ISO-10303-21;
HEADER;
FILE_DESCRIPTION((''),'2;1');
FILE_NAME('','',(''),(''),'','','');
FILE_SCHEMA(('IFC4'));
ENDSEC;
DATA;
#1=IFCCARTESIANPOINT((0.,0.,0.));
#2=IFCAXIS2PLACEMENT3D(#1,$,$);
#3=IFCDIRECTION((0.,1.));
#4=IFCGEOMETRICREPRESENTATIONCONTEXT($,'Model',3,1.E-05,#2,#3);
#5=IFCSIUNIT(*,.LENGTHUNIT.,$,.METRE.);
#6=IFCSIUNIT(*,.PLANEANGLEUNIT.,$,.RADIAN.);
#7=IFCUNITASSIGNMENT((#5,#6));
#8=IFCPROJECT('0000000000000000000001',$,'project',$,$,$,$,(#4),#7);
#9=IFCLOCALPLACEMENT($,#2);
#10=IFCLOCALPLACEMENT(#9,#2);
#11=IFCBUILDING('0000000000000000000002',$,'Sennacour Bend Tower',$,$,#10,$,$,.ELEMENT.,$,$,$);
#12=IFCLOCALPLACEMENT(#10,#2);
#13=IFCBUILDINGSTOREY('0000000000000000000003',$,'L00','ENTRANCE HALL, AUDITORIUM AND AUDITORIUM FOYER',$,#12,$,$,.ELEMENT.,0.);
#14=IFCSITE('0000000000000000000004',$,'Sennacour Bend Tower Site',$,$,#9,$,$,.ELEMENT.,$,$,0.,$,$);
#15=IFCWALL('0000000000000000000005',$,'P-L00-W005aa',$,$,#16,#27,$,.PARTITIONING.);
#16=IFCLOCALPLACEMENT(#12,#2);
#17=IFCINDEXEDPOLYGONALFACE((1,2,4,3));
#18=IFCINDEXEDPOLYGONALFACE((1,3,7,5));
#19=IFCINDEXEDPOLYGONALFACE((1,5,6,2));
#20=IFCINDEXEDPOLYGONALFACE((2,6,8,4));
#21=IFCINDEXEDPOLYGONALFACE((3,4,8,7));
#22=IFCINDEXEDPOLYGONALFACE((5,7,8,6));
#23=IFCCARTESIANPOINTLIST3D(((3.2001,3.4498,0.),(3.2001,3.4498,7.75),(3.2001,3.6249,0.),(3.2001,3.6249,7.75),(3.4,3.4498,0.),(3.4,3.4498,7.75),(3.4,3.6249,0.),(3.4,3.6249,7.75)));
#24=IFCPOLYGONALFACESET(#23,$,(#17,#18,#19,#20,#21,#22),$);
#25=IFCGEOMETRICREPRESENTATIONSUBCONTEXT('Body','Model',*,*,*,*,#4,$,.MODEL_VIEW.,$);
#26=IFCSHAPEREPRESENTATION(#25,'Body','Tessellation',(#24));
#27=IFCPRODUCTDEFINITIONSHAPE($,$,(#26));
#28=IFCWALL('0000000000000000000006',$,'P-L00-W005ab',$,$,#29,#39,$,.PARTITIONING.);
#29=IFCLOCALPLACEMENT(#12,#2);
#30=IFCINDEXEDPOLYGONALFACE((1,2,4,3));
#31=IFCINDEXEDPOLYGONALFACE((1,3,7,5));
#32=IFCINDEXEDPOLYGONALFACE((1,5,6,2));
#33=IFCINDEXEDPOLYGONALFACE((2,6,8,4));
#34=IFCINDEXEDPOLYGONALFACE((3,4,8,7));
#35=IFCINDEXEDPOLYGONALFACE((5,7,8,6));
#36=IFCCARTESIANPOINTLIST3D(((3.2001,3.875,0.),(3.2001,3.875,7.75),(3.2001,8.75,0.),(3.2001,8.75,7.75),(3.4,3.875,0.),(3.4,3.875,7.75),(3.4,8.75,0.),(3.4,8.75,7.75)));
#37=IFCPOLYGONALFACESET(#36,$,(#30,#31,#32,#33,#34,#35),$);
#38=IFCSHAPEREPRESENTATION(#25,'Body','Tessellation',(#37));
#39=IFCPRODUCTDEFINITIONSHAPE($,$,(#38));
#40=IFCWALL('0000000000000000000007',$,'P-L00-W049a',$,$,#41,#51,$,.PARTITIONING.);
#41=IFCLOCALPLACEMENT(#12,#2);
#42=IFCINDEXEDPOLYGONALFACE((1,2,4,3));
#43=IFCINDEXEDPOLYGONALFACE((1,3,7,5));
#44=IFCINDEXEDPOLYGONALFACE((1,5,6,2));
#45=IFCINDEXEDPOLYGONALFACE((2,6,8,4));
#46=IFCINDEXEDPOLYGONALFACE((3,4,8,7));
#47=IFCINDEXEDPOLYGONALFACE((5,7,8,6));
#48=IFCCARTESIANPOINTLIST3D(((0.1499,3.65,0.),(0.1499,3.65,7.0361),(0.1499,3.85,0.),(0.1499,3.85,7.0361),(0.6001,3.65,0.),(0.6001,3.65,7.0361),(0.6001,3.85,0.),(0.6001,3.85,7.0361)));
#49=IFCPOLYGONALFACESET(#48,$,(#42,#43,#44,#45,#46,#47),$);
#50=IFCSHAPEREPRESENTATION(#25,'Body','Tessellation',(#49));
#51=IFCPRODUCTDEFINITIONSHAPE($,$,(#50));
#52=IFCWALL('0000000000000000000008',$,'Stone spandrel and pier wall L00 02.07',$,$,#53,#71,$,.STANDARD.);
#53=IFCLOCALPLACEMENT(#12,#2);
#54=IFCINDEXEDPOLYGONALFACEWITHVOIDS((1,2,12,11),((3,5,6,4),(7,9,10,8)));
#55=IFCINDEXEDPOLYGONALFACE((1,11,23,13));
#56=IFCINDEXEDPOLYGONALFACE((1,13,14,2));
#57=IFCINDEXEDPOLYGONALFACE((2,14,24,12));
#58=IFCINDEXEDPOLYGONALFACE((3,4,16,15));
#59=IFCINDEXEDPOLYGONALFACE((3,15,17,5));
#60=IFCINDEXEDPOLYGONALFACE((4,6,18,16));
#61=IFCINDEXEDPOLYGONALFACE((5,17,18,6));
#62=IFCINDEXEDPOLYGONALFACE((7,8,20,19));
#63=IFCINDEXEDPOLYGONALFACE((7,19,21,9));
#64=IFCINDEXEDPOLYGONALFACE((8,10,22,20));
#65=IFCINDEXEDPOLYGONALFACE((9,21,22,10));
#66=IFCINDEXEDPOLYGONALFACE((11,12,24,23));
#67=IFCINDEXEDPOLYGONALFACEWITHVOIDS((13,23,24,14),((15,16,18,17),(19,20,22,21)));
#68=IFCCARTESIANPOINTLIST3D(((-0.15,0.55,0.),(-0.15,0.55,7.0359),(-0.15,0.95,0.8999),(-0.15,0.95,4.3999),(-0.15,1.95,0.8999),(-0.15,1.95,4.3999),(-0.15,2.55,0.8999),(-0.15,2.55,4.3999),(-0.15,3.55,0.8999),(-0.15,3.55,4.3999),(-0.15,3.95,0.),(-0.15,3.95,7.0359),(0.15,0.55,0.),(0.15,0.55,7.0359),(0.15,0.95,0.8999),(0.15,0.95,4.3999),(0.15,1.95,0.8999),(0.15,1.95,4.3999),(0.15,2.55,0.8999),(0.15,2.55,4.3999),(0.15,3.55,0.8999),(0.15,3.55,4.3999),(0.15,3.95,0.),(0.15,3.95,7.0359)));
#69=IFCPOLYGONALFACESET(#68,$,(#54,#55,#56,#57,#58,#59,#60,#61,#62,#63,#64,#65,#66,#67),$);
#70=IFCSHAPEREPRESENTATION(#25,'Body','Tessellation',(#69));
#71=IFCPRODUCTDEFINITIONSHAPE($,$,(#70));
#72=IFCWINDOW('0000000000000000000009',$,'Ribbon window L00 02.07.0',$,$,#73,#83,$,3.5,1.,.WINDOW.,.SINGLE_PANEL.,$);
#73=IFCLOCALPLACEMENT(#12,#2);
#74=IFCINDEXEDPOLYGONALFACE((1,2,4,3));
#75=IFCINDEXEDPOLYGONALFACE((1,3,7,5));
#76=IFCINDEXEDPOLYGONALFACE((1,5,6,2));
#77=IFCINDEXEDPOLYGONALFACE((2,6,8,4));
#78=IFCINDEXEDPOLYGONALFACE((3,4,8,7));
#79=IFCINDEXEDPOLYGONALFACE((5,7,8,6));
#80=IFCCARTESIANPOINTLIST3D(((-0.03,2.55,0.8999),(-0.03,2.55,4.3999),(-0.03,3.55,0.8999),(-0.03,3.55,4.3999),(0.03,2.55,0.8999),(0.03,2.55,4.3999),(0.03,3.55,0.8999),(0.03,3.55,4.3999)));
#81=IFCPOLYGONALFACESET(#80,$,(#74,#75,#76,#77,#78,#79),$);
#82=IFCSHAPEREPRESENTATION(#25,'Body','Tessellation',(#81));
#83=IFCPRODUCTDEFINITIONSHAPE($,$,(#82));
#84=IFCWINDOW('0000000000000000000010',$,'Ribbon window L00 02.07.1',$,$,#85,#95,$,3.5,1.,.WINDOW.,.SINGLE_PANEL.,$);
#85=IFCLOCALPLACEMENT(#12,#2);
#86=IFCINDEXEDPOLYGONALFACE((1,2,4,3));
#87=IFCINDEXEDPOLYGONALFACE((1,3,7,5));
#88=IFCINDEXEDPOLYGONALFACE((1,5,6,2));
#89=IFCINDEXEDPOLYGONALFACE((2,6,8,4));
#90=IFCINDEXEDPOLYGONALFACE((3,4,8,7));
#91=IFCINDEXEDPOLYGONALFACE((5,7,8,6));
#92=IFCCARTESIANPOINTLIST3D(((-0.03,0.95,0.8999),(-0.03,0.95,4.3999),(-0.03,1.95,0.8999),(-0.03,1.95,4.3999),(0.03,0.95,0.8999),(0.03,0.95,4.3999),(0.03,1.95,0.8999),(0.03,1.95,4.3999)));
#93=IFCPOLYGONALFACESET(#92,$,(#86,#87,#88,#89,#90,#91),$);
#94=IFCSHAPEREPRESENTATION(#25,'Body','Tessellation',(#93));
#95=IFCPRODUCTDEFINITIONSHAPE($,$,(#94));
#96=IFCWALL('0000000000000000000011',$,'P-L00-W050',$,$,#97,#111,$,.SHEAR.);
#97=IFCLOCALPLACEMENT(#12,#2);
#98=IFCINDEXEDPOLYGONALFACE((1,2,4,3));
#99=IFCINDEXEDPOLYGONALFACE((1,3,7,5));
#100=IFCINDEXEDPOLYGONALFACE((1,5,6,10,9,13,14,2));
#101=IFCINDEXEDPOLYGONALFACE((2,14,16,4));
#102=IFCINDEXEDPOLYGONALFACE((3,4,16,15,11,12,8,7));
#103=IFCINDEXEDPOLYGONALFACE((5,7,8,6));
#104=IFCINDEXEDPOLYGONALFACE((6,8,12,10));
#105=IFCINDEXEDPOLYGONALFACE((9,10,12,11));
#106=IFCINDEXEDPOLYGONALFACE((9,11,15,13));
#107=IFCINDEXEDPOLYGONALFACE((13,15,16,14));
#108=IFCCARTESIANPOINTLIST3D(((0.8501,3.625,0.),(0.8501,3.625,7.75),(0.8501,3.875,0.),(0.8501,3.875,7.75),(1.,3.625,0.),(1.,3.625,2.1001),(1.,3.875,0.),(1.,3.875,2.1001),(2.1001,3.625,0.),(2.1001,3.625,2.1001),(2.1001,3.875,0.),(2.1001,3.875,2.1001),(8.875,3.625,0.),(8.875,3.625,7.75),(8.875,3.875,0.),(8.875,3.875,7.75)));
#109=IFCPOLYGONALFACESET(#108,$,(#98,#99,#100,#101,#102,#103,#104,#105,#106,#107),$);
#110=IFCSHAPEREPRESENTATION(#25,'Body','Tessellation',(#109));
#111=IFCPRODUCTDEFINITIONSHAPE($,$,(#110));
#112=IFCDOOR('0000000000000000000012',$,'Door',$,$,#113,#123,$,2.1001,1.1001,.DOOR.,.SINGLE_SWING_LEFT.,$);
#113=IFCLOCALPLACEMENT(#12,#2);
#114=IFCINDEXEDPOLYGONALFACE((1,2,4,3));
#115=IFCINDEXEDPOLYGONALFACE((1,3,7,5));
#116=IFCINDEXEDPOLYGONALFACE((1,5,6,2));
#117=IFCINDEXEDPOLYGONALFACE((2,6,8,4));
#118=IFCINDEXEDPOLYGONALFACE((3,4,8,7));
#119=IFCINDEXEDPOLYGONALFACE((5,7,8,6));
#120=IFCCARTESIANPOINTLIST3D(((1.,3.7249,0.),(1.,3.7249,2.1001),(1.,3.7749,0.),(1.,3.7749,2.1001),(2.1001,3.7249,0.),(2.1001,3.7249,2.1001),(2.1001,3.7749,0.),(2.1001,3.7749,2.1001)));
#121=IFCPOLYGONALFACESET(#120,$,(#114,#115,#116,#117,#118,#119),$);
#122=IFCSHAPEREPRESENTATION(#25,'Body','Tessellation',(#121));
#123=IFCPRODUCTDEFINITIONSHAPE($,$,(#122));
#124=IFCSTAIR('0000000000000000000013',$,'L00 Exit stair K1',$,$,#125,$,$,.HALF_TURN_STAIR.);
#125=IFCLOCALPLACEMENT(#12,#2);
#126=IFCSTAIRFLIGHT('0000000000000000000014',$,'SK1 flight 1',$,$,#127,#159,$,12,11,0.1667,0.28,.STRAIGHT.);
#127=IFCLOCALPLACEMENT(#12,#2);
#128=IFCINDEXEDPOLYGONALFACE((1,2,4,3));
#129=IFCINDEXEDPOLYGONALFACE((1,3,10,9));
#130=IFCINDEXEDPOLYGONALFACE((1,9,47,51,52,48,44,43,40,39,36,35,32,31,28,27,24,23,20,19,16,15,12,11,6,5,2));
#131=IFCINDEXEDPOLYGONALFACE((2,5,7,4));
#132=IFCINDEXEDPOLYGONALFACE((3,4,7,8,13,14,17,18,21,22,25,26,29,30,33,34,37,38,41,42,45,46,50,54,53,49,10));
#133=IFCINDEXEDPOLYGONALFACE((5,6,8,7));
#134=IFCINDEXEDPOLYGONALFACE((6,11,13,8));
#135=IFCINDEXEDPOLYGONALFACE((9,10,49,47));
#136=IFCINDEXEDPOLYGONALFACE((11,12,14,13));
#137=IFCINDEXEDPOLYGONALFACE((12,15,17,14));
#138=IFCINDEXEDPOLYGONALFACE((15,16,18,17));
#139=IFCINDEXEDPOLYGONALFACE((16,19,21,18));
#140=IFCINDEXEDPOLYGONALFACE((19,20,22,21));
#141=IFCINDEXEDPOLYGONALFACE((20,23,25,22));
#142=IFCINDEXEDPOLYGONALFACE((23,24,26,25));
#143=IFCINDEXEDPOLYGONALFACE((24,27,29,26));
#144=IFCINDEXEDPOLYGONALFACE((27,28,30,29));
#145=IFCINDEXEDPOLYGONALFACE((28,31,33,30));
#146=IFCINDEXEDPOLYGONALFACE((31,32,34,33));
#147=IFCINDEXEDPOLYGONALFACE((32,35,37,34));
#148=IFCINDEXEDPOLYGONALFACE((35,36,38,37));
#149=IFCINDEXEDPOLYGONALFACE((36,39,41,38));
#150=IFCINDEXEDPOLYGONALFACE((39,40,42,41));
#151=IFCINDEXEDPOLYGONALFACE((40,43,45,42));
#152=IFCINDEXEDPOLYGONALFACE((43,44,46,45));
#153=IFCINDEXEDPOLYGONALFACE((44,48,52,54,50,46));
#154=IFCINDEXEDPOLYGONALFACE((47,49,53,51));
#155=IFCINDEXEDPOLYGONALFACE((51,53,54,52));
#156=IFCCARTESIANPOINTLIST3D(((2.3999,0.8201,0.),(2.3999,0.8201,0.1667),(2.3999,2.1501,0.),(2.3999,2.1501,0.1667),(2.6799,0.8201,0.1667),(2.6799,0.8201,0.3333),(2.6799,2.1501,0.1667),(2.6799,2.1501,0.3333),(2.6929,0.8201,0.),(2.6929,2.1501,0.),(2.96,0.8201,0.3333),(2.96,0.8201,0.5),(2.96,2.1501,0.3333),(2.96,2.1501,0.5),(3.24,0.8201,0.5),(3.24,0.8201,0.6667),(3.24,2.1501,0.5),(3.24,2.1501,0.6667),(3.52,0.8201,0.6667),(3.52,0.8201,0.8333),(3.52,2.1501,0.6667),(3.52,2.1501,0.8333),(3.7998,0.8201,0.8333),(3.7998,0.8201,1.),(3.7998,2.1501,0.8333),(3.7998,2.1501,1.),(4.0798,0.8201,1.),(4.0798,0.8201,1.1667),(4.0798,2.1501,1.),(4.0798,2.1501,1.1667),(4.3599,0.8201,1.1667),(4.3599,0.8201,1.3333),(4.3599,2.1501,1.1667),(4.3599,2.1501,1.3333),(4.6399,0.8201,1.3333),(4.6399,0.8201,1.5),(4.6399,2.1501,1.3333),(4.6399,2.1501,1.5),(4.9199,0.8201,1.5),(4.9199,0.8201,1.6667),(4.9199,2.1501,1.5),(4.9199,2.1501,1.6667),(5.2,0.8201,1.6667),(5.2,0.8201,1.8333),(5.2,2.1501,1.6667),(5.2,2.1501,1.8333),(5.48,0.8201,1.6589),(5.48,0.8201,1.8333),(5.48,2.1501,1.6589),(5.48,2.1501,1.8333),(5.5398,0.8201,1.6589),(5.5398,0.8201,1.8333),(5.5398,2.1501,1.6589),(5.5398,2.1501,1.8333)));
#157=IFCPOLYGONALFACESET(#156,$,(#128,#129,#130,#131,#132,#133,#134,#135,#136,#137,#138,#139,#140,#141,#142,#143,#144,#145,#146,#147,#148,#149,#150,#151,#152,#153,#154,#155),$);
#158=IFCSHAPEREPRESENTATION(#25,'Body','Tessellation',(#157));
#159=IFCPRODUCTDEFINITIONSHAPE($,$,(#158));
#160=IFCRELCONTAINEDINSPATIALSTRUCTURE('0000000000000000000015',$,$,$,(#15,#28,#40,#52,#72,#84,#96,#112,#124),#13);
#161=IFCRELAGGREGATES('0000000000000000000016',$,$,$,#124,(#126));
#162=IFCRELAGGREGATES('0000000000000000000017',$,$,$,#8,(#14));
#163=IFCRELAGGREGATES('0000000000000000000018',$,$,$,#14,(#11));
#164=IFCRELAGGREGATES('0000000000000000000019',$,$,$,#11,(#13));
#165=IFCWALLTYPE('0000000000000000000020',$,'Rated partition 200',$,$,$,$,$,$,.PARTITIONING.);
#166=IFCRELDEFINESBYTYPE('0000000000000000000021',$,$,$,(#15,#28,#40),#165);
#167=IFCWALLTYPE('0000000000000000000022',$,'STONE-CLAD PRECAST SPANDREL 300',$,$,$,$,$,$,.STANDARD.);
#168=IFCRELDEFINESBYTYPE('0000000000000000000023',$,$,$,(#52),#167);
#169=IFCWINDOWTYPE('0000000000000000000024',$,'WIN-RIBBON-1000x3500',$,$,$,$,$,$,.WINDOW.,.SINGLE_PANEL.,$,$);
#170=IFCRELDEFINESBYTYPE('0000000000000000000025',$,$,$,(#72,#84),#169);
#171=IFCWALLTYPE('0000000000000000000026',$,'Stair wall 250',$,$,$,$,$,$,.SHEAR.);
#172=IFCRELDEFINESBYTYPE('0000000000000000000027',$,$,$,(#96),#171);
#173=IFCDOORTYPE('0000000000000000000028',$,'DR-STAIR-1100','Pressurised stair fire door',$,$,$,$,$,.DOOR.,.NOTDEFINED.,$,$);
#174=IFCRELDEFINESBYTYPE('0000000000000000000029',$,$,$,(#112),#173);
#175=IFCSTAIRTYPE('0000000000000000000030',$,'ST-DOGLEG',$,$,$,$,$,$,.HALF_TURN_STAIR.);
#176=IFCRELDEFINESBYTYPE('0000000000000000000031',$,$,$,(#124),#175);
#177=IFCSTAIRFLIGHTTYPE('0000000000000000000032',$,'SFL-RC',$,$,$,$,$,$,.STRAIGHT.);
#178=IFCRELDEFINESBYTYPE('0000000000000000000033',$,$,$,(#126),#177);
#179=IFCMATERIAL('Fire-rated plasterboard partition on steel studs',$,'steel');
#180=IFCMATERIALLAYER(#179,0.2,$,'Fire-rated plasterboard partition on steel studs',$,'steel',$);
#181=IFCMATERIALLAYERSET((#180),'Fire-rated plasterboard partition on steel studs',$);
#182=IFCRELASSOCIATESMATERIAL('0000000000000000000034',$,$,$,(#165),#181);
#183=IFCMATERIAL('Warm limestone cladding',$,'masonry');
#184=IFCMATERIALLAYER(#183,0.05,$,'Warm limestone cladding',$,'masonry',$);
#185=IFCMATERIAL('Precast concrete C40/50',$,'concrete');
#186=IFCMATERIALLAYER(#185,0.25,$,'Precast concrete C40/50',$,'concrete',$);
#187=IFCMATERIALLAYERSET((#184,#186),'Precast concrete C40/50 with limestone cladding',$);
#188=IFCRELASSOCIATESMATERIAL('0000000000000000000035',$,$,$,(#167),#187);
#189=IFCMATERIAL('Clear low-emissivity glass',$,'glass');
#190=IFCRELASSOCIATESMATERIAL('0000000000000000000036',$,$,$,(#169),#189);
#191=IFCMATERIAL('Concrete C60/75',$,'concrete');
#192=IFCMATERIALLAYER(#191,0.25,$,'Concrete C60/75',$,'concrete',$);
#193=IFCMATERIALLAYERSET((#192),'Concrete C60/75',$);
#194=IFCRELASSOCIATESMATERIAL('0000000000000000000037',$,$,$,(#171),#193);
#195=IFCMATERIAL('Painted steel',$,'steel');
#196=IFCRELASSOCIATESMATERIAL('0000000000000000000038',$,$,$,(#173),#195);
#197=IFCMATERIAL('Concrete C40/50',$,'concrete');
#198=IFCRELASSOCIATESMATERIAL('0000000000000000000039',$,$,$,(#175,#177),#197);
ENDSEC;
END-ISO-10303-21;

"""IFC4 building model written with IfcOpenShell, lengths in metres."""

from ifc_helpers import new_model, si_unit, direction, frame, frame_2d, origin, place, context, subcontext, project, spatial, polyline, rectangle, outline, extrude, material, layer, layer_set, type_object, element, fill, aggregate, save


model = new_model("IFC4")

# Units and contexts
model_context = context("Model", 3, precision=1e-05, world=origin(), true_north=direction((0.0, 1.0)))
body_context = subcontext(model_context, "Body", "Model", "MODEL_VIEW")
ifc_project = project(units=[si_unit("LENGTHUNIT", "METRE"), si_unit("PLANEANGLEUNIT", "RADIAN")], contexts=[model_context])

# Site, building, storey
site_placement = place(None, origin())
site = spatial("IfcSite", under=ifc_project, at=site_placement, Name="Sennacour Bend Tower Site", CompositionType="ELEMENT", RefElevation=0.0)
building_placement = place(site_placement, origin())
building = spatial("IfcBuilding", under=site, at=building_placement, Name="Sennacour Bend Tower", CompositionType="ELEMENT")
storey_placement = place(building_placement, origin())
storey = spatial("IfcBuildingStorey", under=building, at=storey_placement, Name="L00", Description="ENTRANCE HALL, AUDITORIUM AND AUDITORIUM FOYER", CompositionType="ELEMENT", Elevation=0.0)

# Walls
ifc_material_1 = material(Name="Fire-rated plasterboard partition on steel studs", Category="steel")
ifc_layer_1 = layer(ifc_material_1, 0.2, Name="Fire-rated plasterboard partition on steel studs", Category="steel")
ifc_layer_set_1 = layer_set([ifc_layer_1], Name="Fire-rated plasterboard partition on steel studs")
wall_type_1 = type_object("IfcWallType", Name="Rated partition 200", PredefinedType="PARTITIONING", material=ifc_layer_set_1)
wall_1_placement = place(storey_placement, frame((3.3, 3.45, 0.0), z_axis=(0.0, 0.0, 1.0), x_axis=(0.0, 1.0, 0.0)))
element("IfcWall", 1, at=wall_1_placement, inside=storey, type_object=wall_type_1, Name="P-L00-W005aa", PredefinedType="PARTITIONING", context=body_context, shape_type="SweptSolid", body=[
    extrude(rectangle(XDim=0.175, YDim=0.2, at=frame_2d((0.0874, 0.0))), origin(), (0.0, 0.0, 1.0), 7.75),
])
wall_2_placement = place(storey_placement, frame((3.3, 3.875, 0.0), z_axis=(0.0, 0.0, 1.0), x_axis=(0.0, 1.0, 0.0)))
element("IfcWall", 2, at=wall_2_placement, inside=storey, type_object=wall_type_1, Name="P-L00-W005ab", PredefinedType="PARTITIONING", context=body_context, shape_type="SweptSolid", body=[
    extrude(rectangle(XDim=4.875, YDim=0.2, at=frame_2d((2.4375, 0.0))), origin(), (0.0, 0.0, 1.0), 7.75),
])
wall_3_placement = place(storey_placement, frame((0.1499, 3.75, 0.0), z_axis=(0.0, 0.0, 1.0), x_axis=(1.0, 0.0, 0.0)))
element("IfcWall", 3, at=wall_3_placement, inside=storey, type_object=wall_type_1, Name="P-L00-W049a", PredefinedType="PARTITIONING", context=body_context, shape_type="SweptSolid", body=[
    extrude(rectangle(XDim=0.4502, YDim=0.2, at=frame_2d((0.2251, 0.0))), origin(), (0.0, 0.0, 1.0), 7.0361),
])

# Wall, openings, windows
ifc_material_2 = material(Name="Warm limestone cladding", Category="masonry")
ifc_layer_2 = layer(ifc_material_2, 0.05, Name="Warm limestone cladding", Category="masonry")
ifc_material_3 = material(Name="Precast concrete C40/50", Category="concrete")
ifc_layer_3 = layer(ifc_material_3, 0.25, Name="Precast concrete C40/50", Category="concrete")
ifc_layer_set_2 = layer_set([ifc_layer_2, ifc_layer_3], Name="Precast concrete C40/50 with limestone cladding")
wall_type_2 = type_object("IfcWallType", Name="STONE-CLAD PRECAST SPANDREL 300", PredefinedType="STANDARD", material=ifc_layer_set_2)
wall_4_placement = place(storey_placement, frame((0.0, 3.95, 0.0), z_axis=(0.0, 0.0, 1.0), x_axis=(0.0, -1.0, 0.0)))
wall_4 = element("IfcWall", 4, at=wall_4_placement, inside=storey, type_object=wall_type_2, Name="Stone spandrel and pier wall L00 02.07", PredefinedType="STANDARD", context=body_context, shape_type="SweptSolid", body=[
    extrude(rectangle(XDim=3.3999, YDim=0.3, at=frame_2d((1.7, 0.0))), origin(), (0.0, 0.0, 1.0), 7.0359),
])
opening_1_placement = place(wall_4_placement, frame((0.3999, 0.0, 0.8999)))
opening_1 = element("IfcOpeningElement", 5, at=opening_1_placement, cuts=wall_4, PredefinedType="OPENING", context=body_context, shape_type="SweptSolid", body=[
    extrude(rectangle(XDim=1.0, YDim=3.5, at=frame_2d((0.5, 1.75))), frame((0.0, 0.1602, 0.0), z_axis=(0.0, -1.0, 0.0), x_axis=(1.0, 0.0, 0.0)), (0.0, 0.0, 1.0), 0.3201),
])
opening_2_placement = place(wall_4_placement, frame((2.0, 0.0, 0.8999)))
opening_2 = element("IfcOpeningElement", 6, at=opening_2_placement, cuts=wall_4, PredefinedType="OPENING", context=body_context, shape_type="SweptSolid", body=[
    extrude(rectangle(XDim=1.0, YDim=3.5, at=frame_2d((0.5, 1.75))), frame((0.0, 0.1602, 0.0), z_axis=(0.0, -1.0, 0.0), x_axis=(1.0, 0.0, 0.0)), (0.0, 0.0, 1.0), 0.3201),
])
ifc_material_4 = material(Name="Clear low-emissivity glass", Category="glass")
window_type = type_object("IfcWindowType", Name="WIN-RIBBON-1000x3500", PartitioningType="SINGLE_PANEL", PredefinedType="WINDOW", material=ifc_material_4)
window_1_placement = place(opening_1_placement, origin())
window_1 = element("IfcWindow", 7, at=window_1_placement, inside=storey, type_object=window_type, Name="Ribbon window L00 02.07.0", OverallHeight=3.5, OverallWidth=1.0, PartitioningType="SINGLE_PANEL", PredefinedType="WINDOW", context=body_context, shape_type="SweptSolid", body=[
    extrude(rectangle(XDim=1.0, YDim=3.5, at=frame_2d((0.5, 1.75))), frame((0.0, 0.03, 0.0), z_axis=(0.0, -1.0, 0.0), x_axis=(1.0, 0.0, 0.0)), (0.0, 0.0, 1.0), 0.0601),
])
fill(opening_1, window_1)
window_2_placement = place(opening_2_placement, origin())
window_2 = element("IfcWindow", 8, at=window_2_placement, inside=storey, type_object=window_type, Name="Ribbon window L00 02.07.1", OverallHeight=3.5, OverallWidth=1.0, PartitioningType="SINGLE_PANEL", PredefinedType="WINDOW", context=body_context, shape_type="SweptSolid", body=[
    extrude(rectangle(XDim=1.0, YDim=3.5, at=frame_2d((0.5, 1.75))), frame((0.0, 0.03, 0.0), z_axis=(0.0, -1.0, 0.0), x_axis=(1.0, 0.0, 0.0)), (0.0, 0.0, 1.0), 0.0601),
])
fill(opening_2, window_2)

# Wall, opening, door
ifc_material_5 = material(Name="Concrete C60/75", Category="concrete")
ifc_layer_4 = layer(ifc_material_5, 0.25, Name="Concrete C60/75", Category="concrete")
ifc_layer_set_3 = layer_set([ifc_layer_4], Name="Concrete C60/75")
wall_type_3 = type_object("IfcWallType", Name="Stair wall 250", PredefinedType="SHEAR", material=ifc_layer_set_3)
wall_5_placement = place(storey_placement, frame((0.8501, 3.75, 0.0), z_axis=(0.0, 0.0, 1.0), x_axis=(1.0, 0.0, 0.0)))
wall_5 = element("IfcWall", 9, at=wall_5_placement, inside=storey, type_object=wall_type_3, Name="P-L00-W050", PredefinedType="SHEAR", context=body_context, shape_type="SweptSolid", body=[
    extrude(rectangle(XDim=8.0249, YDim=0.25, at=frame_2d((4.0125, 0.0))), origin(), (0.0, 0.0, 1.0), 7.75),
])
opening_3_placement = place(wall_5_placement, frame((0.1499, 0.0, 0.0)))
opening_3 = element("IfcOpeningElement", 10, at=opening_3_placement, cuts=wall_5, PredefinedType="OPENING", context=body_context, shape_type="SweptSolid", body=[
    extrude(rectangle(XDim=1.1001, YDim=2.1001, at=frame_2d((0.55, 1.05))), frame((0.0, 0.135, 0.0), z_axis=(0.0, -1.0, 0.0), x_axis=(1.0, 0.0, 0.0)), (0.0, 0.0, 1.0), 0.27),
])
ifc_material_6 = material(Name="Painted steel", Category="steel")
door_type = type_object("IfcDoorType", Name="DR-STAIR-1100", Description="Pressurised stair fire door", OperationType="NOTDEFINED", PredefinedType="DOOR", material=ifc_material_6)
door_placement = place(opening_3_placement, origin())
door = element("IfcDoor", 11, at=door_placement, inside=storey, type_object=door_type, Name="Door", OperationType="SINGLE_SWING_LEFT", OverallHeight=2.1001, OverallWidth=1.1001, PredefinedType="DOOR", context=body_context, shape_type="SweptSolid", body=[
    extrude(rectangle(XDim=1.1001, YDim=2.1001, at=frame_2d((0.55, 1.05))), frame((0.0, 0.0249, 0.0), z_axis=(0.0, -1.0, 0.0), x_axis=(1.0, 0.0, 0.0)), (0.0, 0.0, 1.0), 0.05),
])
fill(opening_3, door)

# Stair, stair flight
ifc_material_7 = material(Name="Concrete C40/50", Category="concrete")
stair_type = type_object("IfcStairType", Name="ST-DOGLEG", PredefinedType="HALF_TURN_STAIR", material=ifc_material_7)
stair_placement = place(storey_placement, origin())
stair = element("IfcStair", 12, at=stair_placement, inside=storey, type_object=stair_type, Name="L00 Exit stair K1", PredefinedType="HALF_TURN_STAIR")
stair_flight_type = type_object("IfcStairFlightType", Name="SFL-RC", PredefinedType="STRAIGHT", material=ifc_material_7)
stair_flight_1_placement = place(storey_placement, frame((2.3999, 1.4851, 0.0), z_axis=(0.0, 0.0, 1.0), x_axis=(1.0, 0.0, 0.0)))
stair_flight_1 = element("IfcStairFlight", 13, at=stair_flight_1_placement, type_object=stair_flight_type, Name="SK1 flight 1", NumberOfRisers=12, NumberOfTreads=11, PredefinedType="STRAIGHT", RiserHeight=0.1667, TreadLength=0.28, context=body_context, shape_type="SweptSolid", body=[
    extrude(outline(polyline([(0.0, 0.0), (0.0, 0.1667), (0.28, 0.1667), (0.28, 0.3333), (0.5601, 0.3333), (0.5601, 0.5), (0.8401, 0.5), (0.8401, 0.6667), (1.1201, 0.6667), (1.1201, 0.8333), (1.3999, 0.8333), (1.3999, 1.0), (1.6799, 1.0), (1.6799, 1.1667), (1.96, 1.1667), (1.96, 1.3333), (2.24, 1.3333), (2.24, 1.5), (2.52, 1.5), (2.52, 1.6667), (2.8, 1.6667), (2.8, 1.8333), (3.0801, 1.8333), (3.1399, 1.8333), (3.1399, 1.6589), (3.0801, 1.6589), (0.293, 0.0), (0.0, 0.0)])), frame((0.0, 0.665, 0.0), z_axis=(0.0, -1.0, 0.0), x_axis=(1.0, 0.0, 0.0)), (0.0, 0.0, 1.0), 1.3301),
])
aggregate(stair, [stair_flight_1])

save(model, "model.ifc")
